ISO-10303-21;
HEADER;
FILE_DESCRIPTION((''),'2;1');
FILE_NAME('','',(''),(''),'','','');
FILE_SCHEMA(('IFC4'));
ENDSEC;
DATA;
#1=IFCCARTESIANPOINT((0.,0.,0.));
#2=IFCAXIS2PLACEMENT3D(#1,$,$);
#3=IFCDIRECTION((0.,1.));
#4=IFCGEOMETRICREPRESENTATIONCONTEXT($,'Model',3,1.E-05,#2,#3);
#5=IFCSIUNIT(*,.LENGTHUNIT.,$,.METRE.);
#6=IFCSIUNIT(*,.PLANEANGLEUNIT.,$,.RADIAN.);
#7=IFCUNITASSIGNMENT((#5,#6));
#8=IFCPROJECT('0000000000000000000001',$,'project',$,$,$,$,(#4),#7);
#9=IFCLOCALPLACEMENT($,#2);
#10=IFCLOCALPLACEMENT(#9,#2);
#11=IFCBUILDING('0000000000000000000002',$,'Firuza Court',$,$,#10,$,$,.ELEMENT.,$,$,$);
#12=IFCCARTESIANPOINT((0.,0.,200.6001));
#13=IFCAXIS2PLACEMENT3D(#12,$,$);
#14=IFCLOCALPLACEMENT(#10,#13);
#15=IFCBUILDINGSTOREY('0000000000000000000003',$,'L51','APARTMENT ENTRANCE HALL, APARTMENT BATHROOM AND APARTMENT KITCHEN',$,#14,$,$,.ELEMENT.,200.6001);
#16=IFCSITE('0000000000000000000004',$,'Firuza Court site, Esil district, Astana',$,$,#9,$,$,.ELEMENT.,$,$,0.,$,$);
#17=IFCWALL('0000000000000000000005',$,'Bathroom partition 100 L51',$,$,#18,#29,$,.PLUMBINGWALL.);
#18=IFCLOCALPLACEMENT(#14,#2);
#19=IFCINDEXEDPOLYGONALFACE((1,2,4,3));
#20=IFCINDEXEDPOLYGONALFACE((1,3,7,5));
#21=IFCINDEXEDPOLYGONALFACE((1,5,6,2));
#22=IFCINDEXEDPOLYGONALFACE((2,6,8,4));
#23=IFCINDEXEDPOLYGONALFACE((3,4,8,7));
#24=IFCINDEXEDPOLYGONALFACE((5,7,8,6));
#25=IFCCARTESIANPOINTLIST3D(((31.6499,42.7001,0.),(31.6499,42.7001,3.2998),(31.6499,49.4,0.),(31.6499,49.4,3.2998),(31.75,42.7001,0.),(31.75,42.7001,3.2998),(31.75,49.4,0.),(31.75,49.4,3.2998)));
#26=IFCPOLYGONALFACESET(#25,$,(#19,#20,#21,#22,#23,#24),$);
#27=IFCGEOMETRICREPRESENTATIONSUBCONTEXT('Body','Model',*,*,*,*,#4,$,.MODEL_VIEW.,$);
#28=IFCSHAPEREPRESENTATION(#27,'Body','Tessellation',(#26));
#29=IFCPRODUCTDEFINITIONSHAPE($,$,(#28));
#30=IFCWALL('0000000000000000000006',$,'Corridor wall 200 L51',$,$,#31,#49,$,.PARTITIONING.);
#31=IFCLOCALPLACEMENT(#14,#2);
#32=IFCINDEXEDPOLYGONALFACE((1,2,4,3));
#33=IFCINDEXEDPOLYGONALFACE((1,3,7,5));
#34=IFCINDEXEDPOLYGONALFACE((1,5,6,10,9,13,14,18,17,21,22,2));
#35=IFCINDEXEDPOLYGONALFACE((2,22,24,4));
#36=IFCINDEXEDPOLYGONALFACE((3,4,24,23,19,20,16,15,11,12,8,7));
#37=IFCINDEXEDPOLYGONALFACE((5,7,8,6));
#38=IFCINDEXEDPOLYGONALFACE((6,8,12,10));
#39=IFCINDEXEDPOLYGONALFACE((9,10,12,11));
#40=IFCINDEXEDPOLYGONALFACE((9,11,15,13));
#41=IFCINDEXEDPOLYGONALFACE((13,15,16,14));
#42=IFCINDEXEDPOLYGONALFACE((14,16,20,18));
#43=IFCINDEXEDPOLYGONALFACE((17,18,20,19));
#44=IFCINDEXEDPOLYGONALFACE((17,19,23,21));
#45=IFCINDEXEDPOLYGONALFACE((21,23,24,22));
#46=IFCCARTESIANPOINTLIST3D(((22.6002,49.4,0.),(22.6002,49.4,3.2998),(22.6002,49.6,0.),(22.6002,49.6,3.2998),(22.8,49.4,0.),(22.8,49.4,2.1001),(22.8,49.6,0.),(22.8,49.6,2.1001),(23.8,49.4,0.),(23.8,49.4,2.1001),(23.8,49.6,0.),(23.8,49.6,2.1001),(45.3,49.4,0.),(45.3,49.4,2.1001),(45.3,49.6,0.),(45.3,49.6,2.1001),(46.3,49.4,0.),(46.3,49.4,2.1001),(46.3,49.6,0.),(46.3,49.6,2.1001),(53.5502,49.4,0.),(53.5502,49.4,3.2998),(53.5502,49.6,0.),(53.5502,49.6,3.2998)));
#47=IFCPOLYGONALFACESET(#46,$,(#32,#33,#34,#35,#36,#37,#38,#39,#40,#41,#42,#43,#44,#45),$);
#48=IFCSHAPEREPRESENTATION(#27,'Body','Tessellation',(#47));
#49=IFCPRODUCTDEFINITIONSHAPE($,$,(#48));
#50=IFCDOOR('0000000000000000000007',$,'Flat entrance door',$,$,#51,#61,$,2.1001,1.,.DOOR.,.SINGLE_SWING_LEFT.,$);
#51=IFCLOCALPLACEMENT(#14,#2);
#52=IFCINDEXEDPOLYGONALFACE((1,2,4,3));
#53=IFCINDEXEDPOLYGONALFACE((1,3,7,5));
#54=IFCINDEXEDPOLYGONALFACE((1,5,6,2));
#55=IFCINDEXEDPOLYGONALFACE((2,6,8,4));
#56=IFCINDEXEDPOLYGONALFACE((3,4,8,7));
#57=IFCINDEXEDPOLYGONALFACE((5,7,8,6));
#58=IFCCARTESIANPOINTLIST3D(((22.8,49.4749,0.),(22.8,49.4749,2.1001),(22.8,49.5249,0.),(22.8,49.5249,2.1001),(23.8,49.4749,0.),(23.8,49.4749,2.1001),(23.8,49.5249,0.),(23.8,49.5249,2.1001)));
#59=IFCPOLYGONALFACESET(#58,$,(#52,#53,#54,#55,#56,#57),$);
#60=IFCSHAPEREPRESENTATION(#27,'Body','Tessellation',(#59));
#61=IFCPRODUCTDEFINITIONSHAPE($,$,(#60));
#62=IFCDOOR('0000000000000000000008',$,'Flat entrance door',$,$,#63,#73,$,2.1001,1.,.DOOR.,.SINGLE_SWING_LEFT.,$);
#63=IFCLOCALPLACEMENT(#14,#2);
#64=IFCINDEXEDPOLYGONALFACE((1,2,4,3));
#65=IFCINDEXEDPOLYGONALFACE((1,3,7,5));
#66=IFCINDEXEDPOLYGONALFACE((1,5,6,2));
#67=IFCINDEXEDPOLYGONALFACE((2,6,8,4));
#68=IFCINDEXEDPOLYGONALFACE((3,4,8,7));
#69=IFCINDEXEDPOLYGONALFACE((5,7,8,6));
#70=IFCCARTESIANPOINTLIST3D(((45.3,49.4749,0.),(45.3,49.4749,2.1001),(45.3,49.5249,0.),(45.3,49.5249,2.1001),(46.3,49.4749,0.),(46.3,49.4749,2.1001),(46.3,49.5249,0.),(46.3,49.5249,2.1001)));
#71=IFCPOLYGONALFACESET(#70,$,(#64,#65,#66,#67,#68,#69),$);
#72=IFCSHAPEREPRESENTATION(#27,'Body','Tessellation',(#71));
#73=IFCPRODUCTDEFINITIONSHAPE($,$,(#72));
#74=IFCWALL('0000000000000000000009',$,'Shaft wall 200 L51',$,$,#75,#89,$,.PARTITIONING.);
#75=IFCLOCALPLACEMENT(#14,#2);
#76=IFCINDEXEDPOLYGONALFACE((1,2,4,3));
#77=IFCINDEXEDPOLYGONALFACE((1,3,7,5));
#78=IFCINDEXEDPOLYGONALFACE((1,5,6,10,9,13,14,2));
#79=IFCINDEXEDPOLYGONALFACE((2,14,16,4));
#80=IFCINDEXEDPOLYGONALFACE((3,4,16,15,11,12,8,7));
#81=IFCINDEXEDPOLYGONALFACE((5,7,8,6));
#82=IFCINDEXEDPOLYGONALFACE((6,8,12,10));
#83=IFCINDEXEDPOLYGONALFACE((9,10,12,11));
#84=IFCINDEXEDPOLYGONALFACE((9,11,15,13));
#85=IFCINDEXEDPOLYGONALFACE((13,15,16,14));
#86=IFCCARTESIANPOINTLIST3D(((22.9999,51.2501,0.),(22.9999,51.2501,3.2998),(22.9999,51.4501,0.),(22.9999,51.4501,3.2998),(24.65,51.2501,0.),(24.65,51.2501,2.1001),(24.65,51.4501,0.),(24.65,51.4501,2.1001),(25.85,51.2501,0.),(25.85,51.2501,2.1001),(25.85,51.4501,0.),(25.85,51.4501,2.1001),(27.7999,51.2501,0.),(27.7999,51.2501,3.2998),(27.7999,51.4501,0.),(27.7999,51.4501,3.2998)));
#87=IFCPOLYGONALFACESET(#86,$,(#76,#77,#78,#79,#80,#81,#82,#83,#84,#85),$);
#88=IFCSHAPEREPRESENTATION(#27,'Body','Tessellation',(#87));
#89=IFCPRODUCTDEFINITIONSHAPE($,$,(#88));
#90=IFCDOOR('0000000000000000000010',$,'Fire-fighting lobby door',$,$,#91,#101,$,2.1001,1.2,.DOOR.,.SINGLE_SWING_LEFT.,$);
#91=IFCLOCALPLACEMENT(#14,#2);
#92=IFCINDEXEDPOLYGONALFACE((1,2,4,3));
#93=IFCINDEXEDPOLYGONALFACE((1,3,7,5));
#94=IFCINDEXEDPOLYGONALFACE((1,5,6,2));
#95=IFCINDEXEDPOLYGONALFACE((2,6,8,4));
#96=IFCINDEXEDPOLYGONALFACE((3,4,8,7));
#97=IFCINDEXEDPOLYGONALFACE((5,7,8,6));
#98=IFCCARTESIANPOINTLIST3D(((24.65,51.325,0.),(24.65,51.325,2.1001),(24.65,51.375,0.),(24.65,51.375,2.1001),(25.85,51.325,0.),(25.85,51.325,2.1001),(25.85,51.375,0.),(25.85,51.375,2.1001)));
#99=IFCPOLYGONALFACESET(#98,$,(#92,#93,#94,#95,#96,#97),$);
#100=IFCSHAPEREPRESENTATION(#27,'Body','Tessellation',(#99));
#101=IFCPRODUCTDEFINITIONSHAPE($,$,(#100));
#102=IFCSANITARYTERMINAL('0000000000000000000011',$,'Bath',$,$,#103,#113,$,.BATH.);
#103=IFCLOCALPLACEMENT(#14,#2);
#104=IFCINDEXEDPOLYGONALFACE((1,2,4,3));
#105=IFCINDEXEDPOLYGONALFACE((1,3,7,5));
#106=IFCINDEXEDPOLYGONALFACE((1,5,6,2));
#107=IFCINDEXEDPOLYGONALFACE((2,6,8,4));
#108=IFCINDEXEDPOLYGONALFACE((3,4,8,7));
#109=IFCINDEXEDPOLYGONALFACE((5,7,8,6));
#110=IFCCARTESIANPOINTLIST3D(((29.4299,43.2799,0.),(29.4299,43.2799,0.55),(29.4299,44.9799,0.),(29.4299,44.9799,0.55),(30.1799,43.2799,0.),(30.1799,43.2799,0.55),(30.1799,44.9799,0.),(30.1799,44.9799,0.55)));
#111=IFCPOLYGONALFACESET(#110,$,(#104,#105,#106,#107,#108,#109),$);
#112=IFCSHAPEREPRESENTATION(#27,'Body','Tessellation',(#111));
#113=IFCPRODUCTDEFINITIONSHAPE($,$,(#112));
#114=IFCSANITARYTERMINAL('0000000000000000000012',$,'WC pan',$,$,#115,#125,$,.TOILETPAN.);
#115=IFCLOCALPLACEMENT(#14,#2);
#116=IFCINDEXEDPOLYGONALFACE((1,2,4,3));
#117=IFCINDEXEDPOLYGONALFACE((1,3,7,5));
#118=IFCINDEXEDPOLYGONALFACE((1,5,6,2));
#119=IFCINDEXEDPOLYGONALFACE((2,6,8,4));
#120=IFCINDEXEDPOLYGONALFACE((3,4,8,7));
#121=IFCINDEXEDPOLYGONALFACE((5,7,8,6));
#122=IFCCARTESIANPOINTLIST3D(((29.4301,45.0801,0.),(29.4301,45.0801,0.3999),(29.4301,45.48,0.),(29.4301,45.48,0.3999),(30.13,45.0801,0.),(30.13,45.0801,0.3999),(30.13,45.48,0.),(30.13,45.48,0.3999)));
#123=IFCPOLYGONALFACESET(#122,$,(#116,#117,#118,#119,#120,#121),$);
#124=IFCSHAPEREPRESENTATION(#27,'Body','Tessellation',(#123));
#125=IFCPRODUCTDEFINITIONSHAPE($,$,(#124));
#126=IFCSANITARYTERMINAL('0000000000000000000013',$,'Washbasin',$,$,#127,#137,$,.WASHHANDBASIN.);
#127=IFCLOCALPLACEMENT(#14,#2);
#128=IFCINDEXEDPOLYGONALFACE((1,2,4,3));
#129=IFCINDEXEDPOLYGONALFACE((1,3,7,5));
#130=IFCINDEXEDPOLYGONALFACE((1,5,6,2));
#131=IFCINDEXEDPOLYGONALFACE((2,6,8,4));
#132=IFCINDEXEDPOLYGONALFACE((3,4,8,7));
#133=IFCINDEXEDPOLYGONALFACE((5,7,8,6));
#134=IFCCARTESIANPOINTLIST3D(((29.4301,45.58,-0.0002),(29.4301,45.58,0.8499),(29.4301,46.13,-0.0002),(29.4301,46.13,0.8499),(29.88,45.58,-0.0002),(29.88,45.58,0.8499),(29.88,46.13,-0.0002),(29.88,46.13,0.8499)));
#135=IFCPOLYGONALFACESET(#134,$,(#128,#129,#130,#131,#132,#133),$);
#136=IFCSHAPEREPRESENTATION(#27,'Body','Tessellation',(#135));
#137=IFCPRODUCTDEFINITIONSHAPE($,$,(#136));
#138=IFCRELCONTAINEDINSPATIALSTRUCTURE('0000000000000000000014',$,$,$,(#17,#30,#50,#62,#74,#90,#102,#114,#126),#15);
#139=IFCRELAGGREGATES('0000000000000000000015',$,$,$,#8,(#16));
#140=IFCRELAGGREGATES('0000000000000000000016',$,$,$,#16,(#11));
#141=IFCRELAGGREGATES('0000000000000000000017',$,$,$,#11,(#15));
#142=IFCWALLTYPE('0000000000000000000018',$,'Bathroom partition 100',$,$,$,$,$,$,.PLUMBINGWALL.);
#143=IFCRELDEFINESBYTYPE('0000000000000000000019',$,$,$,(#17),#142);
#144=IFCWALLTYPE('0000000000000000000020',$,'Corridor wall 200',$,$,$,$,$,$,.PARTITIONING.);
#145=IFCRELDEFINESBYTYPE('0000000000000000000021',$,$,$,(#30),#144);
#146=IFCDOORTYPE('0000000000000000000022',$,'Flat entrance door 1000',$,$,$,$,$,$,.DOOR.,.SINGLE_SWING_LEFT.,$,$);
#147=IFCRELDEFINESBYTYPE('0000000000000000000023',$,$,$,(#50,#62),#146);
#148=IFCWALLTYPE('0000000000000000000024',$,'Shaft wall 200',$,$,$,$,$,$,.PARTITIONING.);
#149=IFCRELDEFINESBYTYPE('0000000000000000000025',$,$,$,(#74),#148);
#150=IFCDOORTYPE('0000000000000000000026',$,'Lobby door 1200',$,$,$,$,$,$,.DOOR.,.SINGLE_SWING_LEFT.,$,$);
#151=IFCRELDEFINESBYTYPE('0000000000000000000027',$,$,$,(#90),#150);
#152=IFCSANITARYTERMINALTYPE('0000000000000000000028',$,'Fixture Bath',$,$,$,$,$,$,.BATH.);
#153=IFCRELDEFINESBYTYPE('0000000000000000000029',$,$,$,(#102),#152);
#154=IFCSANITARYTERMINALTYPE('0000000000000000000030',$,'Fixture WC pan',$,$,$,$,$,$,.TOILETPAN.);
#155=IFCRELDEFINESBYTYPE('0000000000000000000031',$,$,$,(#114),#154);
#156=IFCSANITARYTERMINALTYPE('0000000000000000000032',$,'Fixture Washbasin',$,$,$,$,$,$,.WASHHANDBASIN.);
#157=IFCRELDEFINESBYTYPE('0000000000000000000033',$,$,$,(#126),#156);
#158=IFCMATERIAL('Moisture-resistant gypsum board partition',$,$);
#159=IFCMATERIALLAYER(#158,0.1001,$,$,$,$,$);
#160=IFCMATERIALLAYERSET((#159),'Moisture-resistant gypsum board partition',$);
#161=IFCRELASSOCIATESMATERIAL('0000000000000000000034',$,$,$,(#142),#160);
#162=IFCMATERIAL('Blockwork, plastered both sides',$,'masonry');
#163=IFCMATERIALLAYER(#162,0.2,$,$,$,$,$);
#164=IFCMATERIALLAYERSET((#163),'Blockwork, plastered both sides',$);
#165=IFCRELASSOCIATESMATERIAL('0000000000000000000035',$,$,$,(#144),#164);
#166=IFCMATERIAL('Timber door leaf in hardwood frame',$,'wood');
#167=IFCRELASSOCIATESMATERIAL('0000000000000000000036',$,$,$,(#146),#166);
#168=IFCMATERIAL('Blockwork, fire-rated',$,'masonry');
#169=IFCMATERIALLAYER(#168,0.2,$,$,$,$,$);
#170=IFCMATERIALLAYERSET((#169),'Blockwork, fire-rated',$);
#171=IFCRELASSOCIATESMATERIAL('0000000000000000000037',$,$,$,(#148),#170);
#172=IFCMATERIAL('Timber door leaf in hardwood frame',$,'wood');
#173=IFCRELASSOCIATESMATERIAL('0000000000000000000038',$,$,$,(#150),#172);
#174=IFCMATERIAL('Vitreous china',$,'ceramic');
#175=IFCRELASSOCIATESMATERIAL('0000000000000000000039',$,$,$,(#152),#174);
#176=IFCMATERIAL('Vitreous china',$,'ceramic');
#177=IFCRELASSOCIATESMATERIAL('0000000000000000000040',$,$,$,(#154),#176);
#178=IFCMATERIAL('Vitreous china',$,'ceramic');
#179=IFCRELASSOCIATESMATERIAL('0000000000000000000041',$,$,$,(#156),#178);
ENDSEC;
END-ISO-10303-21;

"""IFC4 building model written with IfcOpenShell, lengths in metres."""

from ifc_helpers import new_model, si_unit, direction, frame, frame_2d, origin, origin_2d, place, context, subcontext, project, spatial, rectangle, extrude, material, layer, layer_set, type_object, element, fill, save


model = new_model("IFC4")

# Units and contexts
model_context = context("Model", 3, precision=1e-05, world=origin(), true_north=direction((0.0, 1.0)))
body_context = subcontext(model_context, "Body", "Model", "MODEL_VIEW")
ifc_project = project(units=[si_unit("LENGTHUNIT", "METRE"), si_unit("PLANEANGLEUNIT", "RADIAN")], contexts=[model_context])

# Site, building, storey
site_placement = place(None, origin())
site = spatial("IfcSite", under=ifc_project, at=site_placement, Name="Firuza Court site, Esil district, Astana", CompositionType="ELEMENT", RefElevation=0.0)
building_placement = place(site_placement, origin())
building = spatial("IfcBuilding", under=site, at=building_placement, Name="Firuza Court", CompositionType="ELEMENT")
storey_placement = place(building_placement, frame((0.0, 0.0, 200.6001)))
storey = spatial("IfcBuildingStorey", under=building, at=storey_placement, Name="L51", Description="APARTMENT ENTRANCE HALL, APARTMENT BATHROOM AND APARTMENT KITCHEN", CompositionType="ELEMENT", Elevation=200.6001)

# Wall
ifc_material_1 = material(Name="Moisture-resistant gypsum board partition")
ifc_layer_1 = layer(ifc_material_1, 0.1001)
ifc_layer_set_1 = layer_set([ifc_layer_1], Name="Moisture-resistant gypsum board partition")
wall_type_1 = type_object("IfcWallType", Name="Bathroom partition 100", PredefinedType="PLUMBINGWALL", material=ifc_layer_set_1)
wall_1_placement = place(storey_placement, frame((31.7, 42.7, 0.0), z_axis=(0.0, 0.0, 1.0), x_axis=(0.0, 1.0, 0.0)))
element("IfcWall", 1, at=wall_1_placement, inside=storey, type_object=wall_type_1, Name="Bathroom partition 100 L51", PredefinedType="PLUMBINGWALL", context=body_context, shape_type="SweptSolid", body=[
    extrude(rectangle(XDim=6.7, YDim=0.1001, at=frame_2d((3.3501, 0.0))), origin(), (0.0, 0.0, 1.0), 3.2998),
])

# Wall, openings, doors
ifc_material_2 = material(Name="Blockwork, plastered both sides", Category="masonry")
ifc_layer_2 = layer(ifc_material_2, 0.2)
ifc_layer_set_2 = layer_set([ifc_layer_2], Name="Blockwork, plastered both sides")
wall_type_2 = type_object("IfcWallType", Name="Corridor wall 200", PredefinedType="PARTITIONING", material=ifc_layer_set_2)
wall_2_placement = place(storey_placement, frame((22.6001, 49.5, 0.0), z_axis=(0.0, 0.0, 1.0), x_axis=(1.0, 0.0, 0.0)))
wall_2 = element("IfcWall", 2, at=wall_2_placement, inside=storey, type_object=wall_type_2, Name="Corridor wall 200 L51", PredefinedType="PARTITIONING", context=body_context, shape_type="SweptSolid", body=[
    extrude(rectangle(XDim=30.95, YDim=0.2, at=frame_2d((15.4751, 0.0))), origin(), (0.0, 0.0, 1.0), 3.2998),
])
opening_1_placement = place(wall_2_placement, frame((0.2, 0.0, 0.0)))
opening_1 = element("IfcOpeningElement", 3, at=opening_1_placement, cuts=wall_2, PredefinedType="OPENING", context=body_context, shape_type="SweptSolid", body=[
    extrude(rectangle(XDim=1.0, YDim=2.1001, at=frame_2d((0.5, 1.05))), frame((0.0, 0.1118, 0.0), z_axis=(0.0, -1.0, 0.0), x_axis=(1.0, 0.0, 0.0)), (0.0, 0.0, 1.0), 0.2239),
])
opening_2_placement = place(wall_2_placement, frame((22.7, 0.0, 0.0)))
opening_2 = element("IfcOpeningElement", 4, at=opening_2_placement, cuts=wall_2, PredefinedType="OPENING", context=body_context, shape_type="SweptSolid", body=[
    extrude(rectangle(XDim=1.0, YDim=2.1001, at=frame_2d((0.5, 1.05))), frame((0.0, 0.1118, 0.0), z_axis=(0.0, -1.0, 0.0), x_axis=(1.0, 0.0, 0.0)), (0.0, 0.0, 1.0), 0.2239),
])
ifc_material_3 = material(Name="Timber door leaf in hardwood frame", Category="wood")
door_type_1 = type_object("IfcDoorType", Name="Flat entrance door 1000", OperationType="SINGLE_SWING_LEFT", PredefinedType="DOOR", material=ifc_material_3)
door_1_placement = place(opening_1_placement, origin())
door_1 = element("IfcDoor", 5, at=door_1_placement, inside=storey, type_object=door_type_1, Name="Flat entrance door", OperationType="SINGLE_SWING_LEFT", OverallHeight=2.1001, OverallWidth=1.0, PredefinedType="DOOR", context=body_context, shape_type="SweptSolid", body=[
    extrude(rectangle(XDim=1.0, YDim=2.1001, at=frame_2d((0.5, 1.05))), frame((0.0, 0.0249, 0.0), z_axis=(0.0, -1.0, 0.0), x_axis=(1.0, 0.0, 0.0)), (0.0, 0.0, 1.0), 0.05),
])
fill(opening_1, door_1)
door_2_placement = place(opening_2_placement, origin())
door_2 = element("IfcDoor", 6, at=door_2_placement, inside=storey, type_object=door_type_1, Name="Flat entrance door", OperationType="SINGLE_SWING_LEFT", OverallHeight=2.1001, OverallWidth=1.0, PredefinedType="DOOR", context=body_context, shape_type="SweptSolid", body=[
    extrude(rectangle(XDim=1.0, YDim=2.1001, at=frame_2d((0.5, 1.05))), frame((0.0, 0.0249, 0.0), z_axis=(0.0, -1.0, 0.0), x_axis=(1.0, 0.0, 0.0)), (0.0, 0.0, 1.0), 0.05),
])
fill(opening_2, door_2)

# Wall, opening, door
ifc_material_4 = material(Name="Blockwork, fire-rated", Category="masonry")
ifc_layer_3 = layer(ifc_material_4, 0.2)
ifc_layer_set_3 = layer_set([ifc_layer_3], Name="Blockwork, fire-rated")
wall_type_3 = type_object("IfcWallType", Name="Shaft wall 200", PredefinedType="PARTITIONING", material=ifc_layer_set_3)
wall_3_placement = place(storey_placement, frame((23.0, 51.3501, 0.0), z_axis=(0.0, 0.0, 1.0), x_axis=(1.0, 0.0, 0.0)))
wall_3 = element("IfcWall", 7, at=wall_3_placement, inside=storey, type_object=wall_type_3, Name="Shaft wall 200 L51", PredefinedType="PARTITIONING", context=body_context, shape_type="SweptSolid", body=[
    extrude(rectangle(XDim=4.8, YDim=0.2, at=frame_2d((2.3999, 0.0))), origin(), (0.0, 0.0, 1.0), 3.2998),
])
opening_3_placement = place(wall_3_placement, frame((1.6499, 0.0, 0.0)))
opening_3 = element("IfcOpeningElement", 8, at=opening_3_placement, cuts=wall_3, PredefinedType="OPENING", context=body_context, shape_type="SweptSolid", body=[
    extrude(rectangle(XDim=1.2, YDim=2.1001, at=frame_2d((0.6001, 1.05))), frame((0.0, 0.1118, 0.0), z_axis=(0.0, -1.0, 0.0), x_axis=(1.0, 0.0, 0.0)), (0.0, 0.0, 1.0), 0.2239),
])
ifc_material_5 = material(Name="Timber door leaf in hardwood frame", Category="wood")
door_type_2 = type_object("IfcDoorType", Name="Lobby door 1200", OperationType="SINGLE_SWING_LEFT", PredefinedType="DOOR", material=ifc_material_5)
door_3_placement = place(opening_3_placement, origin())
door_3 = element("IfcDoor", 9, at=door_3_placement, inside=storey, type_object=door_type_2, Name="Fire-fighting lobby door", OperationType="SINGLE_SWING_LEFT", OverallHeight=2.1001, OverallWidth=1.2, PredefinedType="DOOR", context=body_context, shape_type="SweptSolid", body=[
    extrude(rectangle(XDim=1.2, YDim=2.1001, at=frame_2d((0.6001, 1.05))), frame((0.0, 0.0249, 0.0), z_axis=(0.0, -1.0, 0.0), x_axis=(1.0, 0.0, 0.0)), (0.0, 0.0, 1.0), 0.05),
])
fill(opening_3, door_3)

# Sanitary terminals
ifc_material_6 = material(Name="Vitreous china", Category="ceramic")
sanitary_terminal_type_1 = type_object("IfcSanitaryTerminalType", Name="Fixture Bath", PredefinedType="BATH", material=ifc_material_6)
sanitary_terminal_1_placement = place(storey_placement, frame((29.8049, 44.1299, 0.0), z_axis=(0.0, 0.0, 1.0), x_axis=(1.0, 0.0, 0.0)))
element("IfcSanitaryTerminal", 10, at=sanitary_terminal_1_placement, inside=storey, type_object=sanitary_terminal_type_1, Name="Bath", PredefinedType="BATH", context=body_context, shape_type="SweptSolid", body=[
    extrude(rectangle(XDim=0.75, YDim=1.7, at=origin_2d()), origin(), (0.0, 0.0, 1.0), 0.55),
])
ifc_material_7 = material(Name="Vitreous china", Category="ceramic")
sanitary_terminal_type_2 = type_object("IfcSanitaryTerminalType", Name="Fixture WC pan", PredefinedType="TOILETPAN", material=ifc_material_7)
sanitary_terminal_2_placement = place(storey_placement, frame((29.78, 45.28, 0.0), z_axis=(0.0, 0.0, 1.0), x_axis=(1.0, 0.0, 0.0)))
element("IfcSanitaryTerminal", 11, at=sanitary_terminal_2_placement, inside=storey, type_object=sanitary_terminal_type_2, Name="WC pan", PredefinedType="TOILETPAN", context=body_context, shape_type="SweptSolid", body=[
    extrude(rectangle(XDim=0.7, YDim=0.3999, at=origin_2d()), origin(), (0.0, 0.0, 1.0), 0.3999),
])
ifc_material_8 = material(Name="Vitreous china", Category="ceramic")
sanitary_terminal_type_3 = type_object("IfcSanitaryTerminalType", Name="Fixture Washbasin", PredefinedType="WASHHANDBASIN", material=ifc_material_8)
sanitary_terminal_3_placement = place(storey_placement, frame((29.655, 45.855, -0.0002), z_axis=(0.0, 0.0, 1.0), x_axis=(1.0, 0.0, 0.0)))
element("IfcSanitaryTerminal", 12, at=sanitary_terminal_3_placement, inside=storey, type_object=sanitary_terminal_type_3, Name="Washbasin", PredefinedType="WASHHANDBASIN", context=body_context, shape_type="SweptSolid", body=[
    extrude(rectangle(XDim=0.45, YDim=0.55, at=origin_2d()), origin(), (0.0, 0.0, 1.0), 0.8501),
])

save(model, "model.ifc")
